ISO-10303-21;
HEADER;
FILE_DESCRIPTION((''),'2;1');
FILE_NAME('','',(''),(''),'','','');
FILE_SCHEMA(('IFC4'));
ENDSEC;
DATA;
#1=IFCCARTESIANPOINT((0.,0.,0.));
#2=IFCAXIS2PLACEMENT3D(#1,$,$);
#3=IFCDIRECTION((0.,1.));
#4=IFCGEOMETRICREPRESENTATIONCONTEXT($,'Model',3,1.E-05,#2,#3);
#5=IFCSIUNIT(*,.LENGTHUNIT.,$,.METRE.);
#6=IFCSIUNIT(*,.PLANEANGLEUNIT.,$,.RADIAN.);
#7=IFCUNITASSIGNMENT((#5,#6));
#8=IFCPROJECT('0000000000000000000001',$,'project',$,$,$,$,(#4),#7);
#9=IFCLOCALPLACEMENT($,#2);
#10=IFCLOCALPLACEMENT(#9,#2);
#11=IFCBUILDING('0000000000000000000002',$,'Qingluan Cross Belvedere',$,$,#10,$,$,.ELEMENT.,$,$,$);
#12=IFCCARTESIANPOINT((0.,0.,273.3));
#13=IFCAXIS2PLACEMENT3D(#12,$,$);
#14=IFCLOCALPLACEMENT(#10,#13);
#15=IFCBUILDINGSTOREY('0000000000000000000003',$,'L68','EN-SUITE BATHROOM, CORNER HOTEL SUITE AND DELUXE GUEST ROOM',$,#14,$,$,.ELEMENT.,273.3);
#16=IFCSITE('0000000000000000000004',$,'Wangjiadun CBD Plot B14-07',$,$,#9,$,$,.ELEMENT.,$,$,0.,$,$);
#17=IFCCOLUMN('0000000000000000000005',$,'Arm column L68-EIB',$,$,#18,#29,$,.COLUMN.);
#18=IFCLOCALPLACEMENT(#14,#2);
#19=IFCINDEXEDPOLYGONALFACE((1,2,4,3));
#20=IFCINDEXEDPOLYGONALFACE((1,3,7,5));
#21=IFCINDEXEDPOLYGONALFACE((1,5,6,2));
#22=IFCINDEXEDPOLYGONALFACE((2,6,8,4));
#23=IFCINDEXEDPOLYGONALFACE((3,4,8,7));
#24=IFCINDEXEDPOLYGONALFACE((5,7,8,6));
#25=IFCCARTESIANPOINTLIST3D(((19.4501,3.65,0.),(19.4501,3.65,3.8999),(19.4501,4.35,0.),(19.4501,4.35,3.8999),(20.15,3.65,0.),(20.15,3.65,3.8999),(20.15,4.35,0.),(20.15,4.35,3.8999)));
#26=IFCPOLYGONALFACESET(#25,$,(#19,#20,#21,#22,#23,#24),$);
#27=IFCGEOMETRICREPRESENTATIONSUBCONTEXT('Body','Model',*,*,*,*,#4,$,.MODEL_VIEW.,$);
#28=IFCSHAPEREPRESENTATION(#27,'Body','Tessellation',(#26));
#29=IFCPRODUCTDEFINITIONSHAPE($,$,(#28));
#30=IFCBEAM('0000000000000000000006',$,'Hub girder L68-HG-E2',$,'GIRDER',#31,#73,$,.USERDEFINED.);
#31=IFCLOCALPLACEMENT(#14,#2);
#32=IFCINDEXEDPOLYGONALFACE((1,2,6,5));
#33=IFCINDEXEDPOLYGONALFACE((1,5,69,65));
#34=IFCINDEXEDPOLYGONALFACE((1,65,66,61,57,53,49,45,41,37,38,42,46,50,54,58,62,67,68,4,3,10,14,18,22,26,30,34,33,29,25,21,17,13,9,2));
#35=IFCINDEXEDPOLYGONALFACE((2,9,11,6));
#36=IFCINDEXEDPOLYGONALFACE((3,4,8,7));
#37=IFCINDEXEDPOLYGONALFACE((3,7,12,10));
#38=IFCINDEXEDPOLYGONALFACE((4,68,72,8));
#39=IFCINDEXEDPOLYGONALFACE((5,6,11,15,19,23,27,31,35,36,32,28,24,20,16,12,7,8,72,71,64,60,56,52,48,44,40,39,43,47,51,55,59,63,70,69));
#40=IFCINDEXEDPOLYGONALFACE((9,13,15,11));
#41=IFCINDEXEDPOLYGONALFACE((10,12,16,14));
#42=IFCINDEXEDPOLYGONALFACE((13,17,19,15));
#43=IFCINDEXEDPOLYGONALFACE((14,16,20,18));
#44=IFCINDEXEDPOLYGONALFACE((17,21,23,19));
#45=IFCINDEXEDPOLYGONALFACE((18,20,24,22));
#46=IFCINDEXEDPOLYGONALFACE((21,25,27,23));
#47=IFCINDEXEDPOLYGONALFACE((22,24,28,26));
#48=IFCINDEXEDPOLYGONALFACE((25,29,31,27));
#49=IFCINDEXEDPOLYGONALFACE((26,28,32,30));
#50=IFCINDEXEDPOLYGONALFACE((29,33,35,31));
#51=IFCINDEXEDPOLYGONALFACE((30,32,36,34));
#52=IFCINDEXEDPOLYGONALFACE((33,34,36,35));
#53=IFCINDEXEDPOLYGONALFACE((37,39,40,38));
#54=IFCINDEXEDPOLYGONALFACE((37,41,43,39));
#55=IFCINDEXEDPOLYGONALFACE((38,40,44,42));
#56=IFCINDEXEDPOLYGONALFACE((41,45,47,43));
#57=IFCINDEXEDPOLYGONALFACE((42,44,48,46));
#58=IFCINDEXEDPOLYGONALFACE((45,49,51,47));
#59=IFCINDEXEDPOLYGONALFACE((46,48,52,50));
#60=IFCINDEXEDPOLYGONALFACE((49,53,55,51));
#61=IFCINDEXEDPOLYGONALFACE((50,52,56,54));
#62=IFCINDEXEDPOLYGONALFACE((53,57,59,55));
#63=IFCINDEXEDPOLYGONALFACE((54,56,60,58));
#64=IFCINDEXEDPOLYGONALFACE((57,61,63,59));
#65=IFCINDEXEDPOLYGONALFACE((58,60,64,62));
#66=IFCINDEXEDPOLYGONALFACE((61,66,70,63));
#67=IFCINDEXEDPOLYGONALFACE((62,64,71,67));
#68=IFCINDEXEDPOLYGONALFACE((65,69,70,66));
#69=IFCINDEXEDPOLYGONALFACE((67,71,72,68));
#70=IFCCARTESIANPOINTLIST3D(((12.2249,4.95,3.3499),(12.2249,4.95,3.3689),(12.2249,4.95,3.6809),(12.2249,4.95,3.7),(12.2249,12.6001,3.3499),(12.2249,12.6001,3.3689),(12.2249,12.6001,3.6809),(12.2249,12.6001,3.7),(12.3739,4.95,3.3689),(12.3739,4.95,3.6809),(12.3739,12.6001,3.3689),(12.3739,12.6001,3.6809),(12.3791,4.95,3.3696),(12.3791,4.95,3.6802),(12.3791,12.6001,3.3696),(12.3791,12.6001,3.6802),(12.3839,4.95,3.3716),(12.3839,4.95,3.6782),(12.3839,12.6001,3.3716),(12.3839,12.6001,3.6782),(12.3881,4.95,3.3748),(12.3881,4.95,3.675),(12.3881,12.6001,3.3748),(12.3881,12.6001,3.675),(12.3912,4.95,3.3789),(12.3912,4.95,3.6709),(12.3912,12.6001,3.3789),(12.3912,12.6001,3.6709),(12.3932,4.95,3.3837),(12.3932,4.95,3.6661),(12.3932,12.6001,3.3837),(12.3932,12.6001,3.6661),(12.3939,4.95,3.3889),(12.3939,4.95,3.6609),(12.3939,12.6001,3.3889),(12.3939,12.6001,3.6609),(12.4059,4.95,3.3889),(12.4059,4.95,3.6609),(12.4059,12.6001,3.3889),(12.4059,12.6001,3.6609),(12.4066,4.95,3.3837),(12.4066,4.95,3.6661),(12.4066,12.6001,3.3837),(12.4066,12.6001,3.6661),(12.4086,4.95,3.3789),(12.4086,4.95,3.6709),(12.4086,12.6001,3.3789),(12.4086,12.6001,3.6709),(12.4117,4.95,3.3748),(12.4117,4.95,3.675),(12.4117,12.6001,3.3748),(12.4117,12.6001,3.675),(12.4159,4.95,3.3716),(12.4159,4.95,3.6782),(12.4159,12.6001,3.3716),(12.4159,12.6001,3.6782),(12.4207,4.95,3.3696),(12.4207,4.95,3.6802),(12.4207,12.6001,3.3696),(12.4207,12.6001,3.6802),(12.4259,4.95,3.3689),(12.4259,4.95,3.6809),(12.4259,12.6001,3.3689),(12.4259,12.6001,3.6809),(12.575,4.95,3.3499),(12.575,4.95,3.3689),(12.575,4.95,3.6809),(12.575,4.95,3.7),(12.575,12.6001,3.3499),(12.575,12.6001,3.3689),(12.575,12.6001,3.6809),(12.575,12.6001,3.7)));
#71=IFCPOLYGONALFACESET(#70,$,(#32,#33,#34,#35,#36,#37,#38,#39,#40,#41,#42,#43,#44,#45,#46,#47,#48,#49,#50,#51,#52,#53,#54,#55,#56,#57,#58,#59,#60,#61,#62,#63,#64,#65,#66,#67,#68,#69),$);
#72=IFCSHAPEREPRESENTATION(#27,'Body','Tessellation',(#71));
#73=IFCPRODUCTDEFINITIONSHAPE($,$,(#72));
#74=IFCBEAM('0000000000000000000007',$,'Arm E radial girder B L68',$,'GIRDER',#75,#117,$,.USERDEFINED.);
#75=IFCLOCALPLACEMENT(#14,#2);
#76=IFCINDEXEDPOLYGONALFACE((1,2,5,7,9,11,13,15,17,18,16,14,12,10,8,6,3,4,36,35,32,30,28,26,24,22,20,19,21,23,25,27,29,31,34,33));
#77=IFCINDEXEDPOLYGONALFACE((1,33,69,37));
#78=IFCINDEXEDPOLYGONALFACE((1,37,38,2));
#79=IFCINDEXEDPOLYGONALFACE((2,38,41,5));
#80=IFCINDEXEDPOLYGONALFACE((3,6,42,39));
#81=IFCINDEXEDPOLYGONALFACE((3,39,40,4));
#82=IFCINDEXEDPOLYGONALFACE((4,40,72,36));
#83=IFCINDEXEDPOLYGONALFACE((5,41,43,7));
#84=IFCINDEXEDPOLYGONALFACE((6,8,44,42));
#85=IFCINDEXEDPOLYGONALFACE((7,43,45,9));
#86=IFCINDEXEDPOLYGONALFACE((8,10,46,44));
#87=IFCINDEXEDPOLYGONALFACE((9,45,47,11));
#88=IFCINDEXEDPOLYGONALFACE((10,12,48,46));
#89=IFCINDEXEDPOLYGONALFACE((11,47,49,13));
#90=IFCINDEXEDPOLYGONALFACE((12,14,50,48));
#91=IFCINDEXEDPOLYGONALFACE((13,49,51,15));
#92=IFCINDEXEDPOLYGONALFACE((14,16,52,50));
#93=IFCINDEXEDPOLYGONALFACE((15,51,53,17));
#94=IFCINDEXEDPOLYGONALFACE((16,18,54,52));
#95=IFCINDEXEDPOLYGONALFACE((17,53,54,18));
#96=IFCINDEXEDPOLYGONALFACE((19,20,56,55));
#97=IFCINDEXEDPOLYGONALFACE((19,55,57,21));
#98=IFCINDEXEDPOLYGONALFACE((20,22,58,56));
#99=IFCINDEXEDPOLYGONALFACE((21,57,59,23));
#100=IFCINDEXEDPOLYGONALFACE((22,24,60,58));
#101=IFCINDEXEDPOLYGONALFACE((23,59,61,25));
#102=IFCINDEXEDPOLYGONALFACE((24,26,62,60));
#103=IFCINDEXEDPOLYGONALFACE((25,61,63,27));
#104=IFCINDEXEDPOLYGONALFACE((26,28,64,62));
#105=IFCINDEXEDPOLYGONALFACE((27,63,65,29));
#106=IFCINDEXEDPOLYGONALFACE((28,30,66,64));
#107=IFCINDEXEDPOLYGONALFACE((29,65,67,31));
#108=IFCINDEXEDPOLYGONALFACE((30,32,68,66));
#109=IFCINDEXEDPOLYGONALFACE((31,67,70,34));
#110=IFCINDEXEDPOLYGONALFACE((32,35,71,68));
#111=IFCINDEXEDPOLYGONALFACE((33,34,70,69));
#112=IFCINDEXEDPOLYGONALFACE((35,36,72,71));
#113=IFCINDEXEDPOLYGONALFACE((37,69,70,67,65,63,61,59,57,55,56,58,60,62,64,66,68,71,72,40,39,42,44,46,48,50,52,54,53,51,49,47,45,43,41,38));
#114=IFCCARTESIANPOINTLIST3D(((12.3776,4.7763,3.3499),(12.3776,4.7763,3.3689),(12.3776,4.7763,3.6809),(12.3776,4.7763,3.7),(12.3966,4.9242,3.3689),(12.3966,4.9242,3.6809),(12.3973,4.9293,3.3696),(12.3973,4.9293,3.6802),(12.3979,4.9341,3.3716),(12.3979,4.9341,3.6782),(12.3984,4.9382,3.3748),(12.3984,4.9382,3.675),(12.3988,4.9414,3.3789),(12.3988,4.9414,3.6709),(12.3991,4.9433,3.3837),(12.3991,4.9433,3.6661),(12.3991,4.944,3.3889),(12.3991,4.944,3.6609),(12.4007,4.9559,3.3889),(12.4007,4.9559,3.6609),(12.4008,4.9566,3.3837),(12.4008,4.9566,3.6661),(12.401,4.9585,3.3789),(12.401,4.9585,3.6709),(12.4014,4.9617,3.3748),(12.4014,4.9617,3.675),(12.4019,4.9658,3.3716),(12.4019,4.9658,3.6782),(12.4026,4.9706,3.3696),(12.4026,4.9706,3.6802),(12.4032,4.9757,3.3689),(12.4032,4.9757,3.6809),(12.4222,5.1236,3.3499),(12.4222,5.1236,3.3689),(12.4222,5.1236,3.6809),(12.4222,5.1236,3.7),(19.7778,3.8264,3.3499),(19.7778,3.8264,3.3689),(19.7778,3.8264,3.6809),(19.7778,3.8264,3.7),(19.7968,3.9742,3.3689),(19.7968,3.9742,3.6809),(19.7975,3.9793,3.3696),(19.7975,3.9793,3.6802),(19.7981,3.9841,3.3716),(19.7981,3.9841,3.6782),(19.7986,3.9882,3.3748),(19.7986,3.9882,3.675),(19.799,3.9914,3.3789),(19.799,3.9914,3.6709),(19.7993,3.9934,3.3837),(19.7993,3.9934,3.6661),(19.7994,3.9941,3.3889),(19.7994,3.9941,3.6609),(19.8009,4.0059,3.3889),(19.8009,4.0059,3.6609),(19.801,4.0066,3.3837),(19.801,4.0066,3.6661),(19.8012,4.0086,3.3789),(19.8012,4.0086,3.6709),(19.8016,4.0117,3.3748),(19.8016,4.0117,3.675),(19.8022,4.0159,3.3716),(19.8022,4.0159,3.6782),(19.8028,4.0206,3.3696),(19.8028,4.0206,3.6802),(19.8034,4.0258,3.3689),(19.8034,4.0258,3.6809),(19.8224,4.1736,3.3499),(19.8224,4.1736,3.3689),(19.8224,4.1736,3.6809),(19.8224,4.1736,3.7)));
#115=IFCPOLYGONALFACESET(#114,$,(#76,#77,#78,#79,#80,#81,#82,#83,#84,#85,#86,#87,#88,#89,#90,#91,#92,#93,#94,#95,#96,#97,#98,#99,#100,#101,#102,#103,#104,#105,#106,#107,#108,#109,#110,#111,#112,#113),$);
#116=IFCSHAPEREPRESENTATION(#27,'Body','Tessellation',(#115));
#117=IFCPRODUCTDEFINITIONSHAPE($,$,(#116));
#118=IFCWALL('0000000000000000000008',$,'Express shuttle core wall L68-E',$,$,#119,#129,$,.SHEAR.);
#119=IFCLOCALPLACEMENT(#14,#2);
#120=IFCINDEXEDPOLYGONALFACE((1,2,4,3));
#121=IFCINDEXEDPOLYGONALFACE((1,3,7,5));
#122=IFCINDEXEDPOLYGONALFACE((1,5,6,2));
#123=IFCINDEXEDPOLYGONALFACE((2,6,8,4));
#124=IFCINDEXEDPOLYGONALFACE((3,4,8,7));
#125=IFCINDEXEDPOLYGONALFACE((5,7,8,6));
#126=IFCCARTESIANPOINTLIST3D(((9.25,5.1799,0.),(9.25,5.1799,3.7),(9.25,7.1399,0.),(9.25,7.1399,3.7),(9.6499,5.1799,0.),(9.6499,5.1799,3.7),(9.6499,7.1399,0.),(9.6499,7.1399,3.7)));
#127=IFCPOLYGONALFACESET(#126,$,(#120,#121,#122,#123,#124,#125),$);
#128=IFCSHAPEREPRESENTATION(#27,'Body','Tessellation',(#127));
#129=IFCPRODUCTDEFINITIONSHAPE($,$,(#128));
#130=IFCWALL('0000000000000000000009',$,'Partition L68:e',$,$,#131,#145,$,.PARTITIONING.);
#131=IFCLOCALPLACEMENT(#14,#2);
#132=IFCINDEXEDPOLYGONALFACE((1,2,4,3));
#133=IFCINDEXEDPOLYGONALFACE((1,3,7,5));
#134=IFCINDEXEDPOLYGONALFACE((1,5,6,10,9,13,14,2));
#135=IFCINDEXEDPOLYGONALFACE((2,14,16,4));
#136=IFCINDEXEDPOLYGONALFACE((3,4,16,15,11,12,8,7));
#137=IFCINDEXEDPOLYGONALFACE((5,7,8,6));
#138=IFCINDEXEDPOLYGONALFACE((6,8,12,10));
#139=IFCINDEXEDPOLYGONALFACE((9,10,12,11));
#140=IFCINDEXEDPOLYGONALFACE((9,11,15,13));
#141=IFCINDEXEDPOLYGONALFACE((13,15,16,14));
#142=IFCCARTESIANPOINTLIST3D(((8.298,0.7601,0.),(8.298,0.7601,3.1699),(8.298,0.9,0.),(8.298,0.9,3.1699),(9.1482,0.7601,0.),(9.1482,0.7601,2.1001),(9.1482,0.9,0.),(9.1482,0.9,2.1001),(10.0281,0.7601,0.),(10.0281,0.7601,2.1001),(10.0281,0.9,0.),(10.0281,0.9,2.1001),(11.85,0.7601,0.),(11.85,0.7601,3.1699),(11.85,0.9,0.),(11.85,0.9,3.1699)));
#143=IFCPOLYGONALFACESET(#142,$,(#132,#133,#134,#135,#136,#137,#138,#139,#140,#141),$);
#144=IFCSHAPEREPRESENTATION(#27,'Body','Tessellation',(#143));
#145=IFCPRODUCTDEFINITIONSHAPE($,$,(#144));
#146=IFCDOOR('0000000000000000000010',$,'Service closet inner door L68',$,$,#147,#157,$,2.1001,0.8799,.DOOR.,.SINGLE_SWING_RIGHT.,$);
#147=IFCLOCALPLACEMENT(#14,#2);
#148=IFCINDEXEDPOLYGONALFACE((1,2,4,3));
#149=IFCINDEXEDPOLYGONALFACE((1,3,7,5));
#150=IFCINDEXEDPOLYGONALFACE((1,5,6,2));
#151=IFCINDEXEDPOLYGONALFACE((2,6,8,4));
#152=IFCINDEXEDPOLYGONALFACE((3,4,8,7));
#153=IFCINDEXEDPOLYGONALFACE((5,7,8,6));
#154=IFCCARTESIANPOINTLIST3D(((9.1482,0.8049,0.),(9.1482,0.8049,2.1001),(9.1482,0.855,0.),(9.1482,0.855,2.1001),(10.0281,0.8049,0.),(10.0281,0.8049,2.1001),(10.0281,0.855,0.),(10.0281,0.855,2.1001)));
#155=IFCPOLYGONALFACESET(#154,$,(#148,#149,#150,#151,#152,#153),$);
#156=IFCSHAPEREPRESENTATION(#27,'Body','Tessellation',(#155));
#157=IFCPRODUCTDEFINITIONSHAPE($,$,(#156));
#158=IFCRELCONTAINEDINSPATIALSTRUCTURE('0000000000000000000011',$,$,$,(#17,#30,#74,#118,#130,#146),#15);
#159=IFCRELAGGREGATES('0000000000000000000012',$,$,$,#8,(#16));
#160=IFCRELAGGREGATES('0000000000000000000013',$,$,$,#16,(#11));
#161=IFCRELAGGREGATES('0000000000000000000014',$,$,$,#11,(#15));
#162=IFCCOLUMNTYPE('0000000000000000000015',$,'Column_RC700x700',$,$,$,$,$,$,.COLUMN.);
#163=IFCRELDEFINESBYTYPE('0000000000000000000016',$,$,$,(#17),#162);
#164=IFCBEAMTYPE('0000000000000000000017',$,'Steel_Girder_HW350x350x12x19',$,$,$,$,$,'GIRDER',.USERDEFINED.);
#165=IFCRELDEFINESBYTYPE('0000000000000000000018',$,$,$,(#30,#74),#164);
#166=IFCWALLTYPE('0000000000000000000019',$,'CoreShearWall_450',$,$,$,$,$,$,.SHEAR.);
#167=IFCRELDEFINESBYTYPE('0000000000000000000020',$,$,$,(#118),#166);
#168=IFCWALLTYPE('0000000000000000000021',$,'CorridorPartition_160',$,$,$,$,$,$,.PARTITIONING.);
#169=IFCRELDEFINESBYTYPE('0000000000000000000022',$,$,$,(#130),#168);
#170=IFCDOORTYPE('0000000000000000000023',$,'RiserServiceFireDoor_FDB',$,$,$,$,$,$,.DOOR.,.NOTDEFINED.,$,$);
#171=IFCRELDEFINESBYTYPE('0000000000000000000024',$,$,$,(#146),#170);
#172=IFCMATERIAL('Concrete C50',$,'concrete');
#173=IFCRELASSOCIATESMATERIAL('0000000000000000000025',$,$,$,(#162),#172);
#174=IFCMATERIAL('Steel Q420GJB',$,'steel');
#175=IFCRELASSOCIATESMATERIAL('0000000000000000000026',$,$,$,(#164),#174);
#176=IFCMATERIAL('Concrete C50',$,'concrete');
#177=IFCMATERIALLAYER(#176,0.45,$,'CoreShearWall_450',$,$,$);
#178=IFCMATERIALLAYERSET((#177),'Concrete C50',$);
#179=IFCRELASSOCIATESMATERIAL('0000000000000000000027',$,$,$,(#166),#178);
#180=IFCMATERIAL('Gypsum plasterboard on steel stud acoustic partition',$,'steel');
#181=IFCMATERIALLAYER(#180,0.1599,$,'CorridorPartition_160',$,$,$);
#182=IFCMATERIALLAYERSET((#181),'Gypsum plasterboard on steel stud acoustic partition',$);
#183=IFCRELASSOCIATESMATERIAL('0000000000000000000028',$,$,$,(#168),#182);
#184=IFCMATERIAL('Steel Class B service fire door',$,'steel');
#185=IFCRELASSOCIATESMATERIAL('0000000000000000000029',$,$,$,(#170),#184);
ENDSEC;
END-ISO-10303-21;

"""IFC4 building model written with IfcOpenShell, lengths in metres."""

from ifc_helpers import new_model, si_unit, direction, frame, frame_2d, origin, origin_2d, place, context, subcontext, project, spatial, rectangle, i_section, extrude, material, layer, layer_set, material_profile, profile_set, type_object, element, fill, save


model = new_model("IFC4")

# Units and contexts
model_context = context("Model", 3, precision=1e-05, world=origin(), true_north=direction((0.0, 1.0)))
body_context = subcontext(model_context, "Body", "Model", "MODEL_VIEW")
ifc_project = project(units=[si_unit("LENGTHUNIT", "METRE"), si_unit("PLANEANGLEUNIT", "RADIAN")], contexts=[model_context])

# Site, building, storey
site_placement = place(None, origin())
site = spatial("IfcSite", under=ifc_project, at=site_placement, Name="Wangjiadun CBD Plot B14-07", CompositionType="ELEMENT", RefElevation=0.0)
building_placement = place(site_placement, origin())
building = spatial("IfcBuilding", under=site, at=building_placement, Name="Qingluan Cross Belvedere", CompositionType="ELEMENT")
storey_placement = place(building_placement, frame((0.0, 0.0, 273.3)))
storey = spatial("IfcBuildingStorey", under=building, at=storey_placement, Name="L68", Description="EN-SUITE BATHROOM, CORNER HOTEL SUITE AND DELUXE GUEST ROOM", CompositionType="ELEMENT", Elevation=273.3)

# Column
ifc_material_1 = material(Name="Concrete C50", Category="concrete")
ifc_material_profile_1 = material_profile(ifc_material_1, rectangle(XDim=0.7, YDim=0.7, at=origin_2d()), Name="RC700x700")
ifc_profile_set_1 = profile_set([ifc_material_profile_1], Name="Concrete C50")
column_type = type_object("IfcColumnType", Name="Column_RC700x700", PredefinedType="COLUMN", material=ifc_profile_set_1)
column_placement = place(storey_placement, frame((19.8, 4.0, 0.0), z_axis=(0.0, 0.0, 1.0), x_axis=(1.0, 0.0, 0.0)))
element("IfcColumn", 1, at=column_placement, inside=storey, type_object=column_type, Name="Arm column L68-EIB", PredefinedType="COLUMN", context=body_context, shape_type="SweptSolid", body=[
    extrude(rectangle(XDim=0.7, YDim=0.7, at=origin_2d()), origin(), (0.0, 0.0, 1.0), 3.8999),
])

# Beams
ifc_material_2 = material(Name="Steel Q420GJB", Category="steel")
ifc_material_profile_2 = material_profile(ifc_material_2, i_section(OverallWidth=0.3501, OverallDepth=0.3501, WebThickness=0.012, FlangeThickness=0.019, FilletRadius=0.02, at=origin_2d()), Name="HW350x350x12x19")
ifc_profile_set_2 = profile_set([ifc_material_profile_2], Name="Steel Q420GJB")
beam_type = type_object("IfcBeamType", Name="Steel_Girder_HW350x350x12x19", ElementType="GIRDER", PredefinedType="USERDEFINED", material=ifc_profile_set_2)
beam_1_placement = place(storey_placement, frame((12.3999, 4.95, 3.5249), z_axis=(0.0, 1.0, 0.0), x_axis=(-1.0, 0.0, 0.0)))
element("IfcBeam", 2, at=beam_1_placement, inside=storey, type_object=beam_type, Name="Hub girder L68-HG-E2", ObjectType="GIRDER", PredefinedType="USERDEFINED", context=body_context, shape_type="SweptSolid", body=[
    extrude(i_section(OverallWidth=0.3501, OverallDepth=0.3501, WebThickness=0.012, FlangeThickness=0.019, FilletRadius=0.02, at=origin_2d()), origin(), (0.0, 0.0, 1.0), 7.6501),
])
beam_2_placement = place(storey_placement, frame((12.3999, 4.95, 3.5249), z_axis=(0.991861, -0.127324, 0.0), x_axis=(0.127324, 0.991861, 0.0)))
element("IfcBeam", 3, at=beam_2_placement, inside=storey, type_object=beam_type, Name="Arm E radial girder B L68", ObjectType="GIRDER", PredefinedType="USERDEFINED", context=body_context, shape_type="SweptSolid", body=[
    extrude(i_section(OverallWidth=0.3501, OverallDepth=0.3501, WebThickness=0.012, FlangeThickness=0.019, FilletRadius=0.02, at=origin_2d()), origin(), (0.0, 0.0, 1.0), 7.4609),
])

# Wall
ifc_material_3 = material(Name="Concrete C50", Category="concrete")
ifc_layer_1 = layer(ifc_material_3, 0.45, Name="CoreShearWall_450")
ifc_layer_set_1 = layer_set([ifc_layer_1], Name="Concrete C50")
wall_type_1 = type_object("IfcWallType", Name="CoreShearWall_450", PredefinedType="SHEAR", material=ifc_layer_set_1)
wall_1_placement = place(storey_placement, frame((9.45, 5.1799, 0.0), z_axis=(0.0, 0.0, 1.0), x_axis=(0.0, 1.0, 0.0)))
element("IfcWall", 4, at=wall_1_placement, inside=storey, type_object=wall_type_1, Name="Express shuttle core wall L68-E", PredefinedType="SHEAR", context=body_context, shape_type="SweptSolid", body=[
    extrude(rectangle(XDim=1.96, YDim=0.3999, at=frame_2d((0.98, 0.0))), origin(), (0.0, 0.0, 1.0), 3.7),
])

# Wall, opening, door
ifc_material_4 = material(Name="Gypsum plasterboard on steel stud acoustic partition", Category="steel")
ifc_layer_2 = layer(ifc_material_4, 0.1599, Name="CorridorPartition_160")
ifc_layer_set_2 = layer_set([ifc_layer_2], Name="Gypsum plasterboard on steel stud acoustic partition")
wall_type_2 = type_object("IfcWallType", Name="CorridorPartition_160", PredefinedType="PARTITIONING", material=ifc_layer_set_2)
wall_2_placement = place(storey_placement, frame((8.2981, 0.8301, 0.0), z_axis=(0.0, 0.0, 1.0), x_axis=(1.0, 0.0, 0.0)))
wall_2 = element("IfcWall", 5, at=wall_2_placement, inside=storey, type_object=wall_type_2, Name="Partition L68:e", PredefinedType="PARTITIONING", context=body_context, shape_type="SweptSolid", body=[
    extrude(rectangle(XDim=3.552, YDim=0.1399, at=frame_2d((1.7759, 0.0))), origin(), (0.0, 0.0, 1.0), 3.1699),
])
opening_1_placement = place(wall_2_placement, frame((0.8501, 0.0, 0.0)))
opening_1 = element("IfcOpeningElement", 6, at=opening_1_placement, cuts=wall_2, PredefinedType="OPENING", context=body_context, shape_type="SweptSolid", body=[
    extrude(rectangle(XDim=0.8799, YDim=2.1001, at=frame_2d((0.4399, 1.05))), frame((0.0, 0.0798, 0.0), z_axis=(0.0, -1.0, 0.0), x_axis=(1.0, 0.0, 0.0)), (0.0, 0.0, 1.0), 0.1599),
])
ifc_material_5 = material(Name="Steel Class B service fire door", Category="steel")
door_type_1 = type_object("IfcDoorType", Name="RiserServiceFireDoor_FDB", OperationType="NOTDEFINED", PredefinedType="DOOR", material=ifc_material_5)
door_1_placement = place(opening_1_placement, origin())
door_1 = element("IfcDoor", 7, at=door_1_placement, inside=storey, type_object=door_type_1, Name="Service closet inner door L68", OperationType="SINGLE_SWING_RIGHT", OverallHeight=2.1001, OverallWidth=0.8799, PredefinedType="DOOR", context=body_context, shape_type="SweptSolid", body=[
    extrude(rectangle(XDim=0.8799, YDim=2.1001, at=frame_2d((0.4399, 1.05))), frame((0.0, 0.0249, 0.0), z_axis=(0.0, -1.0, 0.0), x_axis=(1.0, 0.0, 0.0)), (0.0, 0.0, 1.0), 0.05),
])
fill(opening_1, door_1)

save(model, "model.ifc")
